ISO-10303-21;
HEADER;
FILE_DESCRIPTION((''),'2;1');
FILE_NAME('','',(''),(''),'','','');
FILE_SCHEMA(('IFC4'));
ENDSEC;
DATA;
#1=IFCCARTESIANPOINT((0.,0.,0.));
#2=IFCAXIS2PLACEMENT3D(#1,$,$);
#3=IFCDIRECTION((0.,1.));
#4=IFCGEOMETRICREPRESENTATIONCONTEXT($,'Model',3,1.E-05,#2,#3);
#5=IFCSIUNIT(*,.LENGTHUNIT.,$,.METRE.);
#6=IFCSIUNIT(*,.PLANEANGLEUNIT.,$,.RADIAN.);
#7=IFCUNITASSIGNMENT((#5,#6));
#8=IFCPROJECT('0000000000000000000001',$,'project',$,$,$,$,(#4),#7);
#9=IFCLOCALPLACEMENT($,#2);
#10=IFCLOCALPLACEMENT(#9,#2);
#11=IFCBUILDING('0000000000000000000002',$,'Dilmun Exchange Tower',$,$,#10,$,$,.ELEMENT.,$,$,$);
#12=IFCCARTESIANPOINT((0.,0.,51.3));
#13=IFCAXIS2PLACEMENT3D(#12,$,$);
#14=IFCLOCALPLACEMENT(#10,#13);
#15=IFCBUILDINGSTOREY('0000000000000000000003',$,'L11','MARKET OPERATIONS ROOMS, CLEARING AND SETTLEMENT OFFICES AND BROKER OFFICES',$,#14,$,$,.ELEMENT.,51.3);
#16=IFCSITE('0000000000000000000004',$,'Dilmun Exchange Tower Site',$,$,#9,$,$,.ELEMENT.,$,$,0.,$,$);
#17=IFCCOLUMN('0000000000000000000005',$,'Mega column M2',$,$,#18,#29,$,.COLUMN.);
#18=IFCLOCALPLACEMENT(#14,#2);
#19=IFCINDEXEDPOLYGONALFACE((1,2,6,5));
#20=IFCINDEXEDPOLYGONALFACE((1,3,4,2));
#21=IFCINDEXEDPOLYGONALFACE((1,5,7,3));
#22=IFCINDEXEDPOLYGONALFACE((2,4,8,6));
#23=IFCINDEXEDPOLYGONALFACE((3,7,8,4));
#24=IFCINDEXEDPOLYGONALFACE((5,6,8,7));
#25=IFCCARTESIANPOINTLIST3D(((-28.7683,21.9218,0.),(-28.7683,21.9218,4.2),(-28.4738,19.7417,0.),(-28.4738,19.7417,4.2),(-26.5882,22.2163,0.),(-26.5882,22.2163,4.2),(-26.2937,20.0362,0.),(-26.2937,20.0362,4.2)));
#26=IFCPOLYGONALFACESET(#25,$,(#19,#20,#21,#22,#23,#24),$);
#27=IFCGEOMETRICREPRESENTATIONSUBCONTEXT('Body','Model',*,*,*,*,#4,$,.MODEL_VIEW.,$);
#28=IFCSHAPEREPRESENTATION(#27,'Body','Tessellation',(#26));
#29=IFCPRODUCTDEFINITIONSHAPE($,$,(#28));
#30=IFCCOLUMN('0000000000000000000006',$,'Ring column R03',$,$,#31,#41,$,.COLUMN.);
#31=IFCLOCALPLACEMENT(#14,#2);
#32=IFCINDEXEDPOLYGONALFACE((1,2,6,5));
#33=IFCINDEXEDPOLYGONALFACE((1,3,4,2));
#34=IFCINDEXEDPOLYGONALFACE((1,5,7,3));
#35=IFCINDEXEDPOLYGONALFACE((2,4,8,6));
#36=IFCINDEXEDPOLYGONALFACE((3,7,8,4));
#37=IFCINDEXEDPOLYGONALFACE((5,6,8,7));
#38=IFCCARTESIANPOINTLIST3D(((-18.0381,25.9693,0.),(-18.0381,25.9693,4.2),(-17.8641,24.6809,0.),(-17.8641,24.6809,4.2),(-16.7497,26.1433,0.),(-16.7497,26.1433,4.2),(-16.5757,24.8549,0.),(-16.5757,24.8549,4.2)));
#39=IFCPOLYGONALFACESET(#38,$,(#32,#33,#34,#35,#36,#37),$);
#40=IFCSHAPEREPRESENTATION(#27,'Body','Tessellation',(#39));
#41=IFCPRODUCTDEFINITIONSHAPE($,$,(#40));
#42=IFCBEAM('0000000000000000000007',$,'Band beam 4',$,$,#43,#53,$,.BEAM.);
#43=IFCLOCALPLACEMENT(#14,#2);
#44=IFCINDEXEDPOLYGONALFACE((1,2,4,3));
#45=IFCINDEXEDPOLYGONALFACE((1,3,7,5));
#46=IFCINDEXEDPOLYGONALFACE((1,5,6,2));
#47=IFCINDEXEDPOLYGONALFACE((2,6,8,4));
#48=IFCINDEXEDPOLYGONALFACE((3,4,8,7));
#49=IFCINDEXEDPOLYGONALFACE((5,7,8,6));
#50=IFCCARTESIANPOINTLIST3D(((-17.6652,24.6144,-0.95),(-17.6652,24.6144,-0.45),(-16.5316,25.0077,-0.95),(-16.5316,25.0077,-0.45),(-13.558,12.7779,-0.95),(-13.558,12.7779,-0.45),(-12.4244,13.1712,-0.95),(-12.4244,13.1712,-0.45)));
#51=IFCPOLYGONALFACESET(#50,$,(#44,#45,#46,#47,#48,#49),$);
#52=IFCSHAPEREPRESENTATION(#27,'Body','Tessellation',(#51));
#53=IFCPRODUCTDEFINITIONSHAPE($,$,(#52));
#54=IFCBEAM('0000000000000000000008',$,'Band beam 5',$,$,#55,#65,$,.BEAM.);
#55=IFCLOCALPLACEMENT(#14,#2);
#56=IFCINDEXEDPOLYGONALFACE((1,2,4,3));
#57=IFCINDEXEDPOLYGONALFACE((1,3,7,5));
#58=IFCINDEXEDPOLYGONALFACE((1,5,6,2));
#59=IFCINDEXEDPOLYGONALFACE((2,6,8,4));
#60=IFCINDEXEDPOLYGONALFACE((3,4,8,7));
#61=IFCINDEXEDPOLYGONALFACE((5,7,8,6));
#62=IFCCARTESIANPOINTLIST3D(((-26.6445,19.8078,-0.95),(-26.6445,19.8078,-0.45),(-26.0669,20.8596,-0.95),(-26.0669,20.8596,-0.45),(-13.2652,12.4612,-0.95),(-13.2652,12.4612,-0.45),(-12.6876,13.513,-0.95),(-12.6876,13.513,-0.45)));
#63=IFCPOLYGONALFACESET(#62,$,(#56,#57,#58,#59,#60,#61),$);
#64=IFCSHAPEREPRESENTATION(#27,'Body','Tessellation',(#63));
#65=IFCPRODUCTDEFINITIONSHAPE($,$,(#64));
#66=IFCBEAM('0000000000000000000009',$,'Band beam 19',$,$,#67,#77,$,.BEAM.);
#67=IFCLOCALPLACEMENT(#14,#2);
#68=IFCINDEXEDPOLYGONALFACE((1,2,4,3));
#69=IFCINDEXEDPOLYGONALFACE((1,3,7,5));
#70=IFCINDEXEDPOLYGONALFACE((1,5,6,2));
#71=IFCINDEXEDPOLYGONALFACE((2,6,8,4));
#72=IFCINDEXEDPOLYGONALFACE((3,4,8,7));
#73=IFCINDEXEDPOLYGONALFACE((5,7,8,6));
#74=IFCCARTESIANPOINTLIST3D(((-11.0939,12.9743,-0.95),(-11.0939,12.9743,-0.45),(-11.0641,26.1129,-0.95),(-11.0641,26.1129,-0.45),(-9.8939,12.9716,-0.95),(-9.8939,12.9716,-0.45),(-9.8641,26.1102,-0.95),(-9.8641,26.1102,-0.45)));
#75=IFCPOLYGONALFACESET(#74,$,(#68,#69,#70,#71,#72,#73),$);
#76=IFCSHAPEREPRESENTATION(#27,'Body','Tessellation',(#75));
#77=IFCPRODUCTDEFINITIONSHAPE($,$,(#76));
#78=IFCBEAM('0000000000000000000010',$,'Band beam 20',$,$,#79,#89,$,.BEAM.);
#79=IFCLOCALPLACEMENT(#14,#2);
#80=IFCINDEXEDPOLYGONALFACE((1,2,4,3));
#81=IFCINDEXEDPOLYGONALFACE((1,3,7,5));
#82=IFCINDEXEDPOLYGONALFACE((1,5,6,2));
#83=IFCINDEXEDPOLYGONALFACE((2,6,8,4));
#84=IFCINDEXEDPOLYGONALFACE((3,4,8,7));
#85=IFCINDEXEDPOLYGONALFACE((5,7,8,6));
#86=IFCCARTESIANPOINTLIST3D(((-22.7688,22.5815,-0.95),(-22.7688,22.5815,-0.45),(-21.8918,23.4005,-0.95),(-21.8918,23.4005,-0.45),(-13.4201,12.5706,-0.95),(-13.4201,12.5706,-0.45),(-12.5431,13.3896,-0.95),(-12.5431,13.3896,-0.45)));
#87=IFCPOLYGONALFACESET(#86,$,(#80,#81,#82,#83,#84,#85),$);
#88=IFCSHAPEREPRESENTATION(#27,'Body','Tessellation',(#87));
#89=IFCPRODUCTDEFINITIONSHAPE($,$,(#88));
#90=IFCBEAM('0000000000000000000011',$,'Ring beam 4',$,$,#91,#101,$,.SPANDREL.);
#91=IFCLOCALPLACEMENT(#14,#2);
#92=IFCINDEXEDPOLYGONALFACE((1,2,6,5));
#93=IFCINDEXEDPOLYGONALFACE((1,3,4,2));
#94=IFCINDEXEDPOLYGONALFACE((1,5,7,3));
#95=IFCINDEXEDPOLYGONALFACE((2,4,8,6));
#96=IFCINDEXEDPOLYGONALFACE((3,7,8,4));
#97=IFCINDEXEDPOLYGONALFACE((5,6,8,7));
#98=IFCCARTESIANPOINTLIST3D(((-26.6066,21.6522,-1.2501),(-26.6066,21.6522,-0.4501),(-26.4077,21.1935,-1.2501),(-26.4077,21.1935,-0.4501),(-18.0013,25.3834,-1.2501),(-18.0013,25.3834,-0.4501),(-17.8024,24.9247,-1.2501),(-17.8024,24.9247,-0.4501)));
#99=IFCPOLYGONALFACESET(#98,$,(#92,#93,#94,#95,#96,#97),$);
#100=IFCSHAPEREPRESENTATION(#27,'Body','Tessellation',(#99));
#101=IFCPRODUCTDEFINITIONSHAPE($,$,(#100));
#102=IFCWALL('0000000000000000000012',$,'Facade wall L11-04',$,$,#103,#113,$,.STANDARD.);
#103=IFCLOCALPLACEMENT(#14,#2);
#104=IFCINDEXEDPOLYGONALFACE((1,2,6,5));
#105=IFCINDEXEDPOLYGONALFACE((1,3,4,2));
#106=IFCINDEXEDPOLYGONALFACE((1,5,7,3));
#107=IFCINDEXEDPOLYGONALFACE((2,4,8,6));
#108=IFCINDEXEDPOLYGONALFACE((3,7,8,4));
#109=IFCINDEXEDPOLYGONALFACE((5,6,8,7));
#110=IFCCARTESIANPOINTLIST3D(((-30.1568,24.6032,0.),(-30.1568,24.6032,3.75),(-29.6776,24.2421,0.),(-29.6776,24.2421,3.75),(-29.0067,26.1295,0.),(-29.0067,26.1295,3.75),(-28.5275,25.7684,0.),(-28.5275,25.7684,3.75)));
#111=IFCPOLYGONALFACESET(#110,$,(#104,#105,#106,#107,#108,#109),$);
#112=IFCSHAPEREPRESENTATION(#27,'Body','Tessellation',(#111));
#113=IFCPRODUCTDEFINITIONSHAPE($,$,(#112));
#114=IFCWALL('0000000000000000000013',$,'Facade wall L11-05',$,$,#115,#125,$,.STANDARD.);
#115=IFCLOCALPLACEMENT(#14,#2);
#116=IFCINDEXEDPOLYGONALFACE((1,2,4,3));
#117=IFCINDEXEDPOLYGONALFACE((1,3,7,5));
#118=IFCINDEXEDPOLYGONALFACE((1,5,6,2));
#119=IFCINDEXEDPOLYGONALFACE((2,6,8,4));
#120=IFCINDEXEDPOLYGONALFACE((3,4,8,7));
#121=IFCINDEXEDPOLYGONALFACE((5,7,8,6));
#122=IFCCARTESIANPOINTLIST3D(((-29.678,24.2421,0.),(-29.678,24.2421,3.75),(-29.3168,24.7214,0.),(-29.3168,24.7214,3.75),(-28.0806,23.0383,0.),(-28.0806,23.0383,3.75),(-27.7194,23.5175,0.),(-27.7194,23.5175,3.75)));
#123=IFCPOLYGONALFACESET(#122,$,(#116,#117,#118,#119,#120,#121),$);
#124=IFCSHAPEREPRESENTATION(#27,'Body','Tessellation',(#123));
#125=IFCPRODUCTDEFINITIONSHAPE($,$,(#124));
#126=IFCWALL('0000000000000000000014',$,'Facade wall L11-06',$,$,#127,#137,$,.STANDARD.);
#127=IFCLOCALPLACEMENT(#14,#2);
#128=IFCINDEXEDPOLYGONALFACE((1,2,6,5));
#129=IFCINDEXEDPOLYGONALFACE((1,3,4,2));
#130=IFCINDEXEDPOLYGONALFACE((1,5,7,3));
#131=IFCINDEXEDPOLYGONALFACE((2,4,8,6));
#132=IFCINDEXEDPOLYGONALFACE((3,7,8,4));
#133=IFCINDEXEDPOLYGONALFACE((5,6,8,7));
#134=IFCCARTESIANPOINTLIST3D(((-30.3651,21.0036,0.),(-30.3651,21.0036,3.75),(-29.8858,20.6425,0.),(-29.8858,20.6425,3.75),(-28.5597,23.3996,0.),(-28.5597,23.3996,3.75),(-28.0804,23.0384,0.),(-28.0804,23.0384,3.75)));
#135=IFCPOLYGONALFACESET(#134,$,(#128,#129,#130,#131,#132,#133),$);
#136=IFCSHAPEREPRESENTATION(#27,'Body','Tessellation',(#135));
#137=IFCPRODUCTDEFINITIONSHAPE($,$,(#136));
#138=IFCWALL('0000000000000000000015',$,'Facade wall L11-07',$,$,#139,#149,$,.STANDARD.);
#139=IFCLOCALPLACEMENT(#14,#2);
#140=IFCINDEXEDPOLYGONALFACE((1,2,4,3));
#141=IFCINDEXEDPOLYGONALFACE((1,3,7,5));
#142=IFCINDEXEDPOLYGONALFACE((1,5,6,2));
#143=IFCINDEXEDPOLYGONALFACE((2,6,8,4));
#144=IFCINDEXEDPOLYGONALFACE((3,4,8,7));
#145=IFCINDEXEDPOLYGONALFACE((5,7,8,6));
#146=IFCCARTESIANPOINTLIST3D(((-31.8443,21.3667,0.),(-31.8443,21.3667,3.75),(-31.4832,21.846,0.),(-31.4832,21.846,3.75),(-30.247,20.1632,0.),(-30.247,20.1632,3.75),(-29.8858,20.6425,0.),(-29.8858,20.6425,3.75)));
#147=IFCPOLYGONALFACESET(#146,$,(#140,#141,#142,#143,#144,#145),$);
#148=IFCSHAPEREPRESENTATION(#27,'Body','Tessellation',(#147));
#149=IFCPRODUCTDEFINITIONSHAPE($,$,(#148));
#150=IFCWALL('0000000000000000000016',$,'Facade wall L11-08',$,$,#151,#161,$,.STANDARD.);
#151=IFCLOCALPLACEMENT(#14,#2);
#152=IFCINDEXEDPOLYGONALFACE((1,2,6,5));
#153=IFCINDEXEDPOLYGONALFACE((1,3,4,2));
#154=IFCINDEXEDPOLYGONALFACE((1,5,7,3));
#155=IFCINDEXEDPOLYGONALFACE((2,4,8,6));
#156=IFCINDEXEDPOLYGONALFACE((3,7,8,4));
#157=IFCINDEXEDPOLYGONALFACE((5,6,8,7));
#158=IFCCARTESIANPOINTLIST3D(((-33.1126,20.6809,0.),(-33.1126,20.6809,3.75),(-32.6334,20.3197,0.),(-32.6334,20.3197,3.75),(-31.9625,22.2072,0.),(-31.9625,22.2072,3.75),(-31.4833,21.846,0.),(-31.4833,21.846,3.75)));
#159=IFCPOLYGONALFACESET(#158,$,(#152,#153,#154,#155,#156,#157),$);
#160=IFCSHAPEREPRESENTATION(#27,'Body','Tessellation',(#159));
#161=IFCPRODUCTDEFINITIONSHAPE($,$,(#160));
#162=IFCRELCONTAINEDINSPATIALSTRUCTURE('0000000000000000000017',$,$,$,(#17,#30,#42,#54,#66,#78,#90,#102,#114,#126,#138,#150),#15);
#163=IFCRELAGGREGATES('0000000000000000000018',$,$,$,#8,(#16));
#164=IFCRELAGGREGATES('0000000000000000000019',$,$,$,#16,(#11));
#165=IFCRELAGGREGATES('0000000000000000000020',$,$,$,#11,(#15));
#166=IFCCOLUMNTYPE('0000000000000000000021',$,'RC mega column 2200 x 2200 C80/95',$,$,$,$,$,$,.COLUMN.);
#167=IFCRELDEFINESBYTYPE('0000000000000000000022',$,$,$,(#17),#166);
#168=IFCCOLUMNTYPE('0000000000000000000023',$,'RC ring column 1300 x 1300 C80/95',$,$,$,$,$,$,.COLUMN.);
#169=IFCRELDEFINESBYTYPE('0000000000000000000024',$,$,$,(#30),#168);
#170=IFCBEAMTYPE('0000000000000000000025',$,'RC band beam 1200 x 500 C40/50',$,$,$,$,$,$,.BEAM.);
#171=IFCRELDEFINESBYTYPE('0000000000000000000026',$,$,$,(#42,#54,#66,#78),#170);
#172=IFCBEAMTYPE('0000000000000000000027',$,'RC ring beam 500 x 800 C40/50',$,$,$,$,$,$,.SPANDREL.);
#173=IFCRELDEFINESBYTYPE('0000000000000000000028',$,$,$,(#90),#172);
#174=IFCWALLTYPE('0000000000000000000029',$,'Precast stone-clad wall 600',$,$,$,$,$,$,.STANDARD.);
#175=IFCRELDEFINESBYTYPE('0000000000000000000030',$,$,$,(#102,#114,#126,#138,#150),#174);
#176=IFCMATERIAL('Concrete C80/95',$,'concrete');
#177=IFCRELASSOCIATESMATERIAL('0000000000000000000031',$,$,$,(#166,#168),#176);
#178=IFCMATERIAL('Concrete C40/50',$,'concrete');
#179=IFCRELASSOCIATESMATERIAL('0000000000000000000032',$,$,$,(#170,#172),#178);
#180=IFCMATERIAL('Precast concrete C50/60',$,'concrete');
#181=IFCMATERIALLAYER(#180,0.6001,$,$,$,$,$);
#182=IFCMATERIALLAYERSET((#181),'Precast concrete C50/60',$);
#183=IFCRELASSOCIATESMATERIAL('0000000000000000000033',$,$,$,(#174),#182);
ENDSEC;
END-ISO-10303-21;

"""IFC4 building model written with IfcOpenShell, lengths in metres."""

from ifc_helpers import new_model, si_unit, direction, frame, frame_2d, origin, origin_2d, place, context, subcontext, project, spatial, rectangle, extrude, material, layer, layer_set, material_profile, profile_set, type_object, element, save


model = new_model("IFC4")

# Units and contexts
model_context = context("Model", 3, precision=1e-05, world=origin(), true_north=direction((0.0, 1.0)))
body_context = subcontext(model_context, "Body", "Model", "MODEL_VIEW")
ifc_project = project(units=[si_unit("LENGTHUNIT", "METRE"), si_unit("PLANEANGLEUNIT", "RADIAN")], contexts=[model_context])

# Site, building, storey
site_placement = place(None, origin())
site = spatial("IfcSite", under=ifc_project, at=site_placement, Name="Dilmun Exchange Tower Site", CompositionType="ELEMENT", RefElevation=0.0)
building_placement = place(site_placement, origin())
building = spatial("IfcBuilding", under=site, at=building_placement, Name="Dilmun Exchange Tower", CompositionType="ELEMENT")
storey_placement = place(building_placement, frame((0.0, 0.0, 51.3)))
storey = spatial("IfcBuildingStorey", under=building, at=storey_placement, Name="L11", Description="MARKET OPERATIONS ROOMS, CLEARING AND SETTLEMENT OFFICES AND BROKER OFFICES", CompositionType="ELEMENT", Elevation=51.3)

# Columns
ifc_material_1 = material(Name="Concrete C80/95", Category="concrete")
ifc_material_profile_1 = material_profile(ifc_material_1, rectangle(XDim=2.2, YDim=2.2, at=origin_2d()), Name="2200 x 2200")
ifc_profile_set_1 = profile_set([ifc_material_profile_1], Name="Concrete C80/95")
column_type_1 = type_object("IfcColumnType", Name="RC mega column 2200 x 2200 C80/95", PredefinedType="COLUMN", material=ifc_profile_set_1)
column_1_placement = place(storey_placement, frame((-27.531, 20.979, 0.0), z_axis=(0.0, 0.0, 1.0), x_axis=(0.991001, 0.133853, 0.0)))
element("IfcColumn", 1, at=column_1_placement, inside=storey, type_object=column_type_1, Name="Mega column M2", PredefinedType="COLUMN", context=body_context, shape_type="SweptSolid", body=[
    extrude(rectangle(XDim=2.2, YDim=2.2, at=origin_2d()), origin(), (0.0, 0.0, 1.0), 4.2),
])
ifc_material_profile_2 = material_profile(ifc_material_1, rectangle(XDim=1.3, YDim=1.3, at=origin_2d()), Name="1300 x 1300")
ifc_profile_set_2 = profile_set([ifc_material_profile_2], Name="Concrete C80/95")
column_type_2 = type_object("IfcColumnType", Name="RC ring column 1300 x 1300 C80/95", PredefinedType="COLUMN", material=ifc_profile_set_2)
column_2_placement = place(storey_placement, frame((-17.3069, 25.4121, 0.0), z_axis=(0.0, 0.0, 1.0), x_axis=(0.991001, 0.133853, 0.0)))
element("IfcColumn", 2, at=column_2_placement, inside=storey, type_object=column_type_2, Name="Ring column R03", PredefinedType="COLUMN", context=body_context, shape_type="SweptSolid", body=[
    extrude(rectangle(XDim=1.3, YDim=1.3, at=origin_2d()), origin(), (0.0, 0.0, 1.0), 4.2),
])

# Beams
ifc_material_2 = material(Name="Concrete C40/50", Category="concrete")
ifc_material_profile_3 = material_profile(ifc_material_2, rectangle(XDim=1.2, YDim=0.5, at=origin_2d()), Name="1200 x 500")
ifc_profile_set_3 = profile_set([ifc_material_profile_3], Name="Concrete C40/50")
beam_type_1 = type_object("IfcBeamType", Name="RC band beam 1200 x 500 C40/50", PredefinedType="BEAM", material=ifc_profile_set_3)
beam_1_placement = place(storey_placement, frame((-17.0984, 24.811, -0.7), z_axis=(0.32782, -0.94474, 0.0), x_axis=(0.94474, 0.32782, 0.0)))
element("IfcBeam", 3, at=beam_1_placement, inside=storey, type_object=beam_type_1, Name="Band beam 4", PredefinedType="BEAM", context=body_context, shape_type="SweptSolid", body=[
    extrude(rectangle(XDim=1.2, YDim=0.5, at=origin_2d()), origin(), (0.0, 0.0, 1.0), 12.5288),
])
beam_2_placement = place(storey_placement, frame((-26.3557, 20.3337, -0.7), z_axis=(0.876547, -0.481316, 0.0), x_axis=(0.481316, 0.876547, 0.0)))
element("IfcBeam", 4, at=beam_2_placement, inside=storey, type_object=beam_type_1, Name="Band beam 5", PredefinedType="BEAM", context=body_context, shape_type="SweptSolid", body=[
    extrude(rectangle(XDim=1.2, YDim=0.5, at=origin_2d()), origin(), (0.0, 0.0, 1.0), 15.2637),
])
beam_3_placement = place(storey_placement, frame((-10.4641, 26.1116, -0.7), z_axis=(-0.002267, -0.999997, 0.0), x_axis=(0.999997, -0.002267, 0.0)))
element("IfcBeam", 5, at=beam_3_placement, inside=storey, type_object=beam_type_1, Name="Band beam 19", PredefinedType="BEAM", context=body_context, shape_type="SweptSolid", body=[
    extrude(rectangle(XDim=1.2, YDim=0.5, at=origin_2d()), origin(), (0.0, 0.0, 1.0), 13.1387),
])
beam_4_placement = place(storey_placement, frame((-22.3303, 22.991, -0.7), z_axis=(0.682524, -0.730863, 0.0), x_axis=(0.730863, 0.682524, 0.0)))
element("IfcBeam", 6, at=beam_4_placement, inside=storey, type_object=beam_type_1, Name="Band beam 20", PredefinedType="BEAM", context=body_context, shape_type="SweptSolid", body=[
    extrude(rectangle(XDim=1.2, YDim=0.5, at=origin_2d()), origin(), (0.0, 0.0, 1.0), 13.6973),
])
ifc_material_profile_4 = material_profile(ifc_material_2, rectangle(XDim=0.5, YDim=0.8, at=origin_2d()), Name="500 x 800")
ifc_profile_set_4 = profile_set([ifc_material_profile_4], Name="Concrete C40/50")
beam_type_2 = type_object("IfcBeamType", Name="RC ring beam 500 x 800 C40/50", PredefinedType="SPANDREL", material=ifc_profile_set_4)
beam_5_placement = place(storey_placement, frame((-17.9019, 25.1541, -0.8501), z_axis=(-0.917467, -0.397811, 0.0), x_axis=(0.397811, -0.917467, 0.0)))
element("IfcBeam", 7, at=beam_5_placement, inside=storey, type_object=beam_type_2, Name="Ring beam 4", PredefinedType="SPANDREL", context=body_context, shape_type="SweptSolid", body=[
    extrude(rectangle(XDim=0.5, YDim=0.8, at=origin_2d()), origin(), (0.0, 0.0, 1.0), 9.3794),
])

# Walls
ifc_material_3 = material(Name="Precast concrete C50/60", Category="concrete")
ifc_layer = layer(ifc_material_3, 0.6001)
ifc_layer_set = layer_set([ifc_layer], Name="Precast concrete C50/60")
wall_type = type_object("IfcWallType", Name="Precast stone-clad wall 600", PredefinedType="STANDARD", material=ifc_layer_set)
wall_1_placement = place(storey_placement, frame((-28.7671, 25.949, 0.0), z_axis=(0.0, 0.0, 1.0), x_axis=(-0.601797, -0.798649, 0.0)))
element("IfcWall", 8, at=wall_1_placement, inside=storey, type_object=wall_type, Name="Facade wall L11-04", PredefinedType="STANDARD", context=body_context, shape_type="SweptSolid", body=[
    extrude(rectangle(XDim=1.9111, YDim=0.6001, at=frame_2d((0.9556, 0.0))), origin(), (0.0, 0.0, 1.0), 3.75),
])
wall_2_placement = place(storey_placement, frame((-29.4973, 24.4817, 0.0), z_axis=(0.0, 0.0, 1.0), x_axis=(0.798606, -0.601854, 0.0)))
element("IfcWall", 9, at=wall_2_placement, inside=storey, type_object=wall_type, Name="Facade wall L11-05", PredefinedType="STANDARD", context=body_context, shape_type="SweptSolid", body=[
    extrude(rectangle(XDim=2.0002, YDim=0.6001, at=frame_2d((1.0, 0.0))), origin(), (0.0, 0.0, 1.0), 3.75),
])
wall_3_placement = place(storey_placement, frame((-28.3201, 23.219, 0.0), z_axis=(0.0, 0.0, 1.0), x_axis=(-0.601795, -0.79865, 0.0)))
element("IfcWall", 10, at=wall_3_placement, inside=storey, type_object=wall_type, Name="Facade wall L11-06", PredefinedType="STANDARD", context=body_context, shape_type="SweptSolid", body=[
    extrude(rectangle(XDim=3.0, YDim=0.6001, at=frame_2d((1.5, 0.0))), origin(), (0.0, 0.0, 1.0), 3.75),
])
wall_4_placement = place(storey_placement, frame((-30.0664, 20.4028, 0.0), z_axis=(0.0, 0.0, 1.0), x_axis=(-0.798665, 0.601776, 0.0)))
element("IfcWall", 11, at=wall_4_placement, inside=storey, type_object=wall_type, Name="Facade wall L11-07", PredefinedType="STANDARD", context=body_context, shape_type="SweptSolid", body=[
    extrude(rectangle(XDim=2.0, YDim=0.6001, at=frame_2d((1.0, 0.0))), origin(), (0.0, 0.0, 1.0), 3.75),
])
wall_5_placement = place(storey_placement, frame((-31.7229, 22.0266, 0.0), z_axis=(0.0, 0.0, 1.0), x_axis=(-0.601797, -0.798649, 0.0)))
element("IfcWall", 12, at=wall_5_placement, inside=storey, type_object=wall_type, Name="Facade wall L11-08", PredefinedType="STANDARD", context=body_context, shape_type="SweptSolid", body=[
    extrude(rectangle(XDim=1.9111, YDim=0.6001, at=frame_2d((0.9556, 0.0))), origin(), (0.0, 0.0, 1.0), 3.75),
])

save(model, "model.ifc")
